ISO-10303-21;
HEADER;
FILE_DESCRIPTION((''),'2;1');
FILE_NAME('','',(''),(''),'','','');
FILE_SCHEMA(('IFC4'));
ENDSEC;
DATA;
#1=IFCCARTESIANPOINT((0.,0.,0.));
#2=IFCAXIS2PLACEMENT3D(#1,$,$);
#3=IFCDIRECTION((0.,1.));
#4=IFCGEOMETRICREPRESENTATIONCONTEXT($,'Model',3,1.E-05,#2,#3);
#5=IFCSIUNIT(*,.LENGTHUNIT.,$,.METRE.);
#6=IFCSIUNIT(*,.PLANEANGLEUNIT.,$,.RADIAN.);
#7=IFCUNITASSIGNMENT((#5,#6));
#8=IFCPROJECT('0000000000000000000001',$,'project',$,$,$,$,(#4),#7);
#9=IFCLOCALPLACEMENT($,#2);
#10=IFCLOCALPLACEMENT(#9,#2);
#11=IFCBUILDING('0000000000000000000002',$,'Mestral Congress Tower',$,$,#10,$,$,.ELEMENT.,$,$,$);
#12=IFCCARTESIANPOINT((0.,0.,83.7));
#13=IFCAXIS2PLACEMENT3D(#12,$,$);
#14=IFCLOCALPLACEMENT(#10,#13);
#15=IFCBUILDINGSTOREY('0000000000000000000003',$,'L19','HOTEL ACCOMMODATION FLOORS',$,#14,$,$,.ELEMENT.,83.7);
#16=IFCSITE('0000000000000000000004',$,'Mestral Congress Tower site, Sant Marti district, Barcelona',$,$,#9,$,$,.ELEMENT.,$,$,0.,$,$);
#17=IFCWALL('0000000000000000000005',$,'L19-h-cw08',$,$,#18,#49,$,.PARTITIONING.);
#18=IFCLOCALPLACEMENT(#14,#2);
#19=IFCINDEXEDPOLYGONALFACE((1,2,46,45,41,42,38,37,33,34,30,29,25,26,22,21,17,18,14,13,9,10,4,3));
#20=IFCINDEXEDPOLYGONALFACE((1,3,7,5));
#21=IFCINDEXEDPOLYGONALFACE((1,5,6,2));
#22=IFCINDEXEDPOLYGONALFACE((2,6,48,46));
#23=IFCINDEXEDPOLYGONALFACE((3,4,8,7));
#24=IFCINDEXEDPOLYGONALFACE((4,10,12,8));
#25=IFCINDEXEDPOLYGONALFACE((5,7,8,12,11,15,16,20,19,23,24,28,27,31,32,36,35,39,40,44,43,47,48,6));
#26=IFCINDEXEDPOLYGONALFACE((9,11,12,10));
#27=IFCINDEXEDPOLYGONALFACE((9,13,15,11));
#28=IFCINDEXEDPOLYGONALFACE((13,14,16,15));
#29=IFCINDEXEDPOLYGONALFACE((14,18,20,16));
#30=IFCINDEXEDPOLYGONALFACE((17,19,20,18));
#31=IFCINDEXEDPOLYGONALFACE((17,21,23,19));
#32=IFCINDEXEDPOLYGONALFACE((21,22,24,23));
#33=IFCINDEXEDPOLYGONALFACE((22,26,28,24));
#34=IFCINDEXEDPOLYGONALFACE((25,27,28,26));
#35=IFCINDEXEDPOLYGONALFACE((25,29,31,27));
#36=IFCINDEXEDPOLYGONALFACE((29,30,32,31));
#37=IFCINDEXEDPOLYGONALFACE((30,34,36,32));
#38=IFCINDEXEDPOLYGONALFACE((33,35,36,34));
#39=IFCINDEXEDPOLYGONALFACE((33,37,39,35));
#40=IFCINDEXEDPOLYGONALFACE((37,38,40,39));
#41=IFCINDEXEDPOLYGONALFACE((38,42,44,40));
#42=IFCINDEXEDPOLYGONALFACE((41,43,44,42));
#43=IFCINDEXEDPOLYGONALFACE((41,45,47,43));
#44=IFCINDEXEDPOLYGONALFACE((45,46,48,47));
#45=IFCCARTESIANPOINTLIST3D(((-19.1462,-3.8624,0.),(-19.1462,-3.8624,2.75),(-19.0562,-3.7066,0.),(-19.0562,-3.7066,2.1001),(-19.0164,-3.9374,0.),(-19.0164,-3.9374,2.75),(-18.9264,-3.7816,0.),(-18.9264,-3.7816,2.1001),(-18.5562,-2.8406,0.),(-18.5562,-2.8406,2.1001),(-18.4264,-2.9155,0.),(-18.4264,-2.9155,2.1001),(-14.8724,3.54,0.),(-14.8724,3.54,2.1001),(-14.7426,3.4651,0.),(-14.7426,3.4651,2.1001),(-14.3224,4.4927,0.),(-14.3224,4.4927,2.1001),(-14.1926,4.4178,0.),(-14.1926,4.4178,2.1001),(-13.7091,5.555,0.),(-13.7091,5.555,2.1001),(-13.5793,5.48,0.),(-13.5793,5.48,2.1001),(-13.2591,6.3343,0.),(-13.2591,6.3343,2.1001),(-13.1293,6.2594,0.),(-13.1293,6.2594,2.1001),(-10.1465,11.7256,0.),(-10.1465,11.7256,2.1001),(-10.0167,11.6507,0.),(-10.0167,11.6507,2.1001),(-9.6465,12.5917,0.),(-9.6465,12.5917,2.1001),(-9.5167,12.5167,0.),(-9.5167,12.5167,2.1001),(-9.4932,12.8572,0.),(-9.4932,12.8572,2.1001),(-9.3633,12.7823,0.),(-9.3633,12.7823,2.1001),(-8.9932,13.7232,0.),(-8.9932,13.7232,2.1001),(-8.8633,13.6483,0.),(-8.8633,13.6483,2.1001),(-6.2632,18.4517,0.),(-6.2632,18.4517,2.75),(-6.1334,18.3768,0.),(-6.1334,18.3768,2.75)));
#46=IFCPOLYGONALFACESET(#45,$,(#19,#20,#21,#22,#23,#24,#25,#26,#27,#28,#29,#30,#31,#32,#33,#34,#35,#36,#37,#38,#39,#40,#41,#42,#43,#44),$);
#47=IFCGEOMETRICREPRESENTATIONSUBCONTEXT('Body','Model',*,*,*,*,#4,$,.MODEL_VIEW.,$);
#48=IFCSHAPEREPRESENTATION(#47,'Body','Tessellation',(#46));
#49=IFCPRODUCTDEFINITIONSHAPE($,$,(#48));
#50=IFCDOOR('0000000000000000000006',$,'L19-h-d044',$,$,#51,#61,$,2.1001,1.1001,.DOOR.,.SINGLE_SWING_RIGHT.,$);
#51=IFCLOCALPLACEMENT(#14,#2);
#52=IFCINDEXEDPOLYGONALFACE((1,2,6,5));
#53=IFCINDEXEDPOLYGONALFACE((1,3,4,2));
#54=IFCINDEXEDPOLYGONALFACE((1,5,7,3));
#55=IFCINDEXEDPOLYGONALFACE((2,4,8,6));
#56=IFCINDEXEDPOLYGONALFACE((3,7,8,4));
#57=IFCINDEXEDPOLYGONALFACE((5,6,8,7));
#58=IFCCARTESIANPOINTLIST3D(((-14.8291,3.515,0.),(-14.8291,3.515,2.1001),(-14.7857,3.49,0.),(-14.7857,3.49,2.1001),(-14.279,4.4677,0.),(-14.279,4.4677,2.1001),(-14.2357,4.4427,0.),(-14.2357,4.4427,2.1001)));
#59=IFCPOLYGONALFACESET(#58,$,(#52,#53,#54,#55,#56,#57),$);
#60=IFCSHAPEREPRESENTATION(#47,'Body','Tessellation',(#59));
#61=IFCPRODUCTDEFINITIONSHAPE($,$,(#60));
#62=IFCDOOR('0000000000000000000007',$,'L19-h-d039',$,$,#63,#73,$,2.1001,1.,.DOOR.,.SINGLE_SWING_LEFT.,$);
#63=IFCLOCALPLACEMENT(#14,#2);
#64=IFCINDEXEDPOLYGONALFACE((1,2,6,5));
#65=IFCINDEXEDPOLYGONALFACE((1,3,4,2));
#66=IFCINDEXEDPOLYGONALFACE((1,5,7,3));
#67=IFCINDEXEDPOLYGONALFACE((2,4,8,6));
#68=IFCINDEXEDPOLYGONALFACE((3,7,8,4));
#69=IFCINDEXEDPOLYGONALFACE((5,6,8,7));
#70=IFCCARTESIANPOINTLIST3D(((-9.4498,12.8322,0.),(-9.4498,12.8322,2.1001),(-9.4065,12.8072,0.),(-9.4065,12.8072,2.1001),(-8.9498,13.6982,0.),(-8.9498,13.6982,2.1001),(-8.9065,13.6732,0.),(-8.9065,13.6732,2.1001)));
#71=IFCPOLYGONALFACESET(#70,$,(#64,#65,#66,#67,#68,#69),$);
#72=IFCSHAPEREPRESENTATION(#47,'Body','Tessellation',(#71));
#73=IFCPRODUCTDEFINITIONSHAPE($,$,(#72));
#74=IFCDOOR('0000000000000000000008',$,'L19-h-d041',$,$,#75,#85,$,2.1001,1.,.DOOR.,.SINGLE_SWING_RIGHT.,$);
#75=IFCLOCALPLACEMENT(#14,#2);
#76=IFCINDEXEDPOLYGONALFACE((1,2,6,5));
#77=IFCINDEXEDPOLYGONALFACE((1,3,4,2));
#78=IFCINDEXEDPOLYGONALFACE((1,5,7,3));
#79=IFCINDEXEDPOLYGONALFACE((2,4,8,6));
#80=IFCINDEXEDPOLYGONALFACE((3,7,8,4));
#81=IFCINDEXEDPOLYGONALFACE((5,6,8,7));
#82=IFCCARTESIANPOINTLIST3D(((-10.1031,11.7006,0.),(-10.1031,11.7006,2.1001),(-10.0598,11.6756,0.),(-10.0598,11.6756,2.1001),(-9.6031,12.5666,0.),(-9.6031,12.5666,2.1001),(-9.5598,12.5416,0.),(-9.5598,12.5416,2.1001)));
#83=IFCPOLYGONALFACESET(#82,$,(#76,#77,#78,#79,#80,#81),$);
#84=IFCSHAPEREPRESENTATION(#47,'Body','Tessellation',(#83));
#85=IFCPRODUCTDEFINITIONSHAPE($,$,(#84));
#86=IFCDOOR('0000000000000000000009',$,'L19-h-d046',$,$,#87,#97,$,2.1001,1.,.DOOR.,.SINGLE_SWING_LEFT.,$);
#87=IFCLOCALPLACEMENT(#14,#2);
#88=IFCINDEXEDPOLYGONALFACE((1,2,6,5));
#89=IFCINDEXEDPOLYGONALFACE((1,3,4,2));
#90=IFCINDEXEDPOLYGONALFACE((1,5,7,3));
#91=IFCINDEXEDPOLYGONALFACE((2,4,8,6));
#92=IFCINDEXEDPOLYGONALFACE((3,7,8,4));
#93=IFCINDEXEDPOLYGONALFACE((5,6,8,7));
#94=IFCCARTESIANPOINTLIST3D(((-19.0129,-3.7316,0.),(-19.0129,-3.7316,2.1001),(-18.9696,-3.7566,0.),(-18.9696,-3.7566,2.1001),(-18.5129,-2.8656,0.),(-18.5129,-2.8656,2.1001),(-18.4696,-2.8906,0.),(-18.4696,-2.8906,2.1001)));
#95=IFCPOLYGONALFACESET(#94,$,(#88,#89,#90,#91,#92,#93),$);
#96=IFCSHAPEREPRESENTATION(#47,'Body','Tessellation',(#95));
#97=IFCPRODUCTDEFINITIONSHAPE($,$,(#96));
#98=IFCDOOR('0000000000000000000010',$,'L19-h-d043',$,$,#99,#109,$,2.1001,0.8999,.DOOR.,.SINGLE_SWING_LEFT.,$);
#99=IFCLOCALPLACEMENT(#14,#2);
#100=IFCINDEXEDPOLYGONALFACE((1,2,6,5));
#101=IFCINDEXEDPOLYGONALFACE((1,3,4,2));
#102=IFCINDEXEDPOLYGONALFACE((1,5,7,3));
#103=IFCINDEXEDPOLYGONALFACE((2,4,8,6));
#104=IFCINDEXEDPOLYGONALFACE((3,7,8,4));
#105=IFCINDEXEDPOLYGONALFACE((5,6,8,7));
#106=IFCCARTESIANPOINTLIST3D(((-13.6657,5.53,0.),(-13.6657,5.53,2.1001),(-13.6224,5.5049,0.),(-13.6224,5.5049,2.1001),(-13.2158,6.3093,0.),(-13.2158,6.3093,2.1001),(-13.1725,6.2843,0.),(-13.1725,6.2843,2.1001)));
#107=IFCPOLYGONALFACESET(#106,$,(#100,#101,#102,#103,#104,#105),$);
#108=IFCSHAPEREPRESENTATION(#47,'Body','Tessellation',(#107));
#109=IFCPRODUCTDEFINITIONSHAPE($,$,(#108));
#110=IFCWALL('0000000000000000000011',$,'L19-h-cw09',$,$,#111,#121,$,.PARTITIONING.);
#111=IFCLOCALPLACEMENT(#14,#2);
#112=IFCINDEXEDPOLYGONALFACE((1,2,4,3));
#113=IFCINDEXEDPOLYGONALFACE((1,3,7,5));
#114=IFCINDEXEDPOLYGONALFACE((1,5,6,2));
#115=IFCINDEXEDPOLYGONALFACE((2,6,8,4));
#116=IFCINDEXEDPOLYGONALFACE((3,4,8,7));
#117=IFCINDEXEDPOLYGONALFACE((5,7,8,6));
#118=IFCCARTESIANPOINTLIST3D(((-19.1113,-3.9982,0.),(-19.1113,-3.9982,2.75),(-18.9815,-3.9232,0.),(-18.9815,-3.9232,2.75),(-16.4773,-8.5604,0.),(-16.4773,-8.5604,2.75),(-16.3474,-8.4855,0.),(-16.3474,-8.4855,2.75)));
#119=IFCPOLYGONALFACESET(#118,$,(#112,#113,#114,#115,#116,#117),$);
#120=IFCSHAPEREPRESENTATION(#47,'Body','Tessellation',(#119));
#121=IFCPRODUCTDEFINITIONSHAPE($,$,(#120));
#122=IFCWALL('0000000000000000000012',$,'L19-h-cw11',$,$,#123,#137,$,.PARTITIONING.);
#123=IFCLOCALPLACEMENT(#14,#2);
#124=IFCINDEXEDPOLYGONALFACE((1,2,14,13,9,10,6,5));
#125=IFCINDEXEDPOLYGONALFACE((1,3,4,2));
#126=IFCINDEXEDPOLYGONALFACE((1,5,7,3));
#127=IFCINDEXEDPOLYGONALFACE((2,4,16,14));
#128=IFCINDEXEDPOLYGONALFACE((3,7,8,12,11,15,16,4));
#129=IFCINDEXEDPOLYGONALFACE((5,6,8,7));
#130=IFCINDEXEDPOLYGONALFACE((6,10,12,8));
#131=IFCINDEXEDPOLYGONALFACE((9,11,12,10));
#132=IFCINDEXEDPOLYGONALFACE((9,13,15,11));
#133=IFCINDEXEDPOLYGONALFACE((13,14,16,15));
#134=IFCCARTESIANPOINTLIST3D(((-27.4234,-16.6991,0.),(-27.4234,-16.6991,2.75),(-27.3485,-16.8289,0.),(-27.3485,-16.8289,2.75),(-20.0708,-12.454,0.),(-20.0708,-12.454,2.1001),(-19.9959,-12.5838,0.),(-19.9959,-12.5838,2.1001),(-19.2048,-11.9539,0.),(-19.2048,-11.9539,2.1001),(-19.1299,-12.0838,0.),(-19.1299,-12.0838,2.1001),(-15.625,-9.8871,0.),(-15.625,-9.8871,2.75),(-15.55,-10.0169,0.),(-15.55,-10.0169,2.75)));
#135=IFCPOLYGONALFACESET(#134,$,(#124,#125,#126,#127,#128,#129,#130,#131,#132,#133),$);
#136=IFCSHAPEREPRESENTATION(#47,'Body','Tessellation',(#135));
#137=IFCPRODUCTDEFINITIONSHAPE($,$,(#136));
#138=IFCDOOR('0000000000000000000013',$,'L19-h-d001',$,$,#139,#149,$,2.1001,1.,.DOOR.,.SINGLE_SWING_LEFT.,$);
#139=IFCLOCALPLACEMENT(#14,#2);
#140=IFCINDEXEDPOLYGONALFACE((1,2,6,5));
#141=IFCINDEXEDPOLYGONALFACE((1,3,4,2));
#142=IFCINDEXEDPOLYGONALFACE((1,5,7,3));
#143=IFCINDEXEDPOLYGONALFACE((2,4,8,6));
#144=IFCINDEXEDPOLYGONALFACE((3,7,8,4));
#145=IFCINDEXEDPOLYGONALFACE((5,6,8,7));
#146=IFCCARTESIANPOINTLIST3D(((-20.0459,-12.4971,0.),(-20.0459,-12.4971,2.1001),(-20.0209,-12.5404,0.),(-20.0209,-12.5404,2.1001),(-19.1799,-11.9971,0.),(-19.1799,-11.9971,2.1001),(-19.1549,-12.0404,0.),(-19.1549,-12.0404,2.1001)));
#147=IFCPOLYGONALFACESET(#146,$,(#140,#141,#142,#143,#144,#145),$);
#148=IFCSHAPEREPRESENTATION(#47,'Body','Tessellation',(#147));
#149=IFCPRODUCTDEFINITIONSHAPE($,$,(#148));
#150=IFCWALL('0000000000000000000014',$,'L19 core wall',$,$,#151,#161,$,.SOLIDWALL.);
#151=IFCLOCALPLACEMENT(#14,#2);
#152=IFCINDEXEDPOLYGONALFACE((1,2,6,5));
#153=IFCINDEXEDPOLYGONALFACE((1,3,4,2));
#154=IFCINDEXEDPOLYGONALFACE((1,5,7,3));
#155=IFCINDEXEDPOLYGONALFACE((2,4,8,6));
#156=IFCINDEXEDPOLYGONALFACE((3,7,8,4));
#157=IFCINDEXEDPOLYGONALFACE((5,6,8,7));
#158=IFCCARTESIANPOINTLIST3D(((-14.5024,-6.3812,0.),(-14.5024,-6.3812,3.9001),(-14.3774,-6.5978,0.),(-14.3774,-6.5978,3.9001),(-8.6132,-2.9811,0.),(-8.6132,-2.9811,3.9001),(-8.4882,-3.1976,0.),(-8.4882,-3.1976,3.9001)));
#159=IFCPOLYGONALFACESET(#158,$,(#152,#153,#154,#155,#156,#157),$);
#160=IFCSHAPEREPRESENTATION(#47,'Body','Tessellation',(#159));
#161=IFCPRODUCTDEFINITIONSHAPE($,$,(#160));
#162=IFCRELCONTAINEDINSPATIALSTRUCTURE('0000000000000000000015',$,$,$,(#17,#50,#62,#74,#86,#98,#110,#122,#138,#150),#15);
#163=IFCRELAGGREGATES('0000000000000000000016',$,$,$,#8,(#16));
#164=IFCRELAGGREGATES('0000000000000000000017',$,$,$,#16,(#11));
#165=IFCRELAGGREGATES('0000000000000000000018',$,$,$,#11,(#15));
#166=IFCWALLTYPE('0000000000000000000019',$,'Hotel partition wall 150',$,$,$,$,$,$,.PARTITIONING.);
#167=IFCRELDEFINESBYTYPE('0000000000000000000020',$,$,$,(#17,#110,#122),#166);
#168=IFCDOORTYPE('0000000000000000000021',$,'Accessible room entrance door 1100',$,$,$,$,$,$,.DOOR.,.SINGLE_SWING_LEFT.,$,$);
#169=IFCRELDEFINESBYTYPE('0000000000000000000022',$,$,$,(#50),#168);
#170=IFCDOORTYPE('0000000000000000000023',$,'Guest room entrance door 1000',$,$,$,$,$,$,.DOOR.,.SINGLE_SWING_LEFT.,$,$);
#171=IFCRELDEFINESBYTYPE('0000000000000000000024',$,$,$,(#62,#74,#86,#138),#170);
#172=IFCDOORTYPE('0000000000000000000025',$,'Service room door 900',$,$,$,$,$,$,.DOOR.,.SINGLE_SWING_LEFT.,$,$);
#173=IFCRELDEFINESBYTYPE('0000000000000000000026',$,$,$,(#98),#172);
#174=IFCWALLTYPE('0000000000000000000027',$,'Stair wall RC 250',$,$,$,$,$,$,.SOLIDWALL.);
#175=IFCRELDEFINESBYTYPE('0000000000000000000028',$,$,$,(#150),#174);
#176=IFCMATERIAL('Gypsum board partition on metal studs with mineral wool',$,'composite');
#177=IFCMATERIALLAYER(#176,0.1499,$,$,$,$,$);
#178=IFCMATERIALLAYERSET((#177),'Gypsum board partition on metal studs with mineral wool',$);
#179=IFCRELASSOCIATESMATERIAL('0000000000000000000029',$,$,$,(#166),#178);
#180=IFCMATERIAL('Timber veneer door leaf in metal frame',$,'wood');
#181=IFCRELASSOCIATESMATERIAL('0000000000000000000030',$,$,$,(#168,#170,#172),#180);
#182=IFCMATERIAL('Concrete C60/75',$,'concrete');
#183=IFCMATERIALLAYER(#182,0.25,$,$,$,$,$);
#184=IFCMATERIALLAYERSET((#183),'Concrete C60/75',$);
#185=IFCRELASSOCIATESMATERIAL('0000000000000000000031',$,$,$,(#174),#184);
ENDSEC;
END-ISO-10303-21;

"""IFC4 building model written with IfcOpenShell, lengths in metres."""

from ifc_helpers import new_model, si_unit, direction, frame, frame_2d, origin, place, context, subcontext, project, spatial, rectangle, extrude, material, layer, layer_set, type_object, element, fill, save


model = new_model("IFC4")

# Units and contexts
model_context = context("Model", 3, precision=1e-05, world=origin(), true_north=direction((0.0, 1.0)))
body_context = subcontext(model_context, "Body", "Model", "MODEL_VIEW")
ifc_project = project(units=[si_unit("LENGTHUNIT", "METRE"), si_unit("PLANEANGLEUNIT", "RADIAN")], contexts=[model_context])

# Site, building, storey
site_placement = place(None, origin())
site = spatial("IfcSite", under=ifc_project, at=site_placement, Name="Mestral Congress Tower site, Sant Marti district, Barcelona", CompositionType="ELEMENT", RefElevation=0.0)
building_placement = place(site_placement, origin())
building = spatial("IfcBuilding", under=site, at=building_placement, Name="Mestral Congress Tower", CompositionType="ELEMENT")
storey_placement = place(building_placement, frame((0.0, 0.0, 83.7)))
storey = spatial("IfcBuildingStorey", under=building, at=storey_placement, Name="L19", Description="HOTEL ACCOMMODATION FLOORS", CompositionType="ELEMENT", Elevation=83.7)

# Shared definitions
ifc_material_1 = material(Name="Gypsum board partition on metal studs with mineral wool", Category="composite")

# Wall, openings, doors
ifc_layer_1 = layer(ifc_material_1, 0.1499)
ifc_layer_set_1 = layer_set([ifc_layer_1], Name="Gypsum board partition on metal studs with mineral wool")
wall_type_1 = type_object("IfcWallType", Name="Hotel partition wall 150", PredefinedType="PARTITIONING", material=ifc_layer_set_1)
wall_1_placement = place(storey_placement, frame((-19.0813, -3.8999, 0.0), z_axis=(0.0, 0.0, 1.0), x_axis=(0.499998, 0.866026, 0.0)))
wall_1 = element("IfcWall", 1, at=wall_1_placement, inside=storey, type_object=wall_type_1, Name="L19-h-cw08", PredefinedType="PARTITIONING", context=body_context, shape_type="SweptSolid", body=[
    extrude(rectangle(XDim=25.7661, YDim=0.1499, at=frame_2d((12.8831, 0.0))), origin(), (0.0, 0.0, 1.0), 2.75),
])
opening_1_placement = place(wall_1_placement, frame((19.3062, 0.0, 0.0)))
opening_1 = element("IfcOpeningElement", 2, at=opening_1_placement, cuts=wall_1, PredefinedType="OPENING", context=body_context, shape_type="SweptSolid", body=[
    extrude(rectangle(XDim=1.0, YDim=2.1001, at=frame_2d((0.5, 1.05))), frame((0.0, 0.085, 0.0), z_axis=(0.0, -1.0, 0.0), x_axis=(1.0, 0.0, 0.0)), (0.0, 0.0, 1.0), 0.1699),
])
opening_2_placement = place(wall_1_placement, frame((17.9995, 0.0, 0.0)))
opening_2 = element("IfcOpeningElement", 3, at=opening_2_placement, cuts=wall_1, PredefinedType="OPENING", context=body_context, shape_type="SweptSolid", body=[
    extrude(rectangle(XDim=1.0, YDim=2.1001, at=frame_2d((0.5, 1.05))), frame((0.0, 0.085, 0.0), z_axis=(0.0, -1.0, 0.0), x_axis=(1.0, 0.0, 0.0)), (0.0, 0.0, 1.0), 0.1699),
])
opening_3_placement = place(wall_1_placement, frame((10.8743, 0.0, 0.0)))
opening_3 = element("IfcOpeningElement", 4, at=opening_3_placement, cuts=wall_1, PredefinedType="OPENING", context=body_context, shape_type="SweptSolid", body=[
    extrude(rectangle(XDim=0.8999, YDim=2.1001, at=frame_2d((0.45, 1.05))), frame((0.0, 0.085, 0.0), z_axis=(0.0, -1.0, 0.0), x_axis=(1.0, 0.0, 0.0)), (0.0, 0.0, 1.0), 0.1699),
])
opening_4_placement = place(wall_1_placement, frame((8.5476, 0.0, 0.0)))
opening_4 = element("IfcOpeningElement", 5, at=opening_4_placement, cuts=wall_1, PredefinedType="OPENING", context=body_context, shape_type="SweptSolid", body=[
    extrude(rectangle(XDim=1.1001, YDim=2.1001, at=frame_2d((0.55, 1.05))), frame((0.0, 0.085, 0.0), z_axis=(0.0, -1.0, 0.0), x_axis=(1.0, 0.0, 0.0)), (0.0, 0.0, 1.0), 0.1699),
])
opening_5_placement = place(wall_1_placement, frame((0.1799, 0.0, 0.0)))
opening_5 = element("IfcOpeningElement", 6, at=opening_5_placement, cuts=wall_1, PredefinedType="OPENING", context=body_context, shape_type="SweptSolid", body=[
    extrude(rectangle(XDim=1.0, YDim=2.1001, at=frame_2d((0.5, 1.05))), frame((0.0, 0.085, 0.0), z_axis=(0.0, -1.0, 0.0), x_axis=(1.0, 0.0, 0.0)), (0.0, 0.0, 1.0), 0.1699),
])
ifc_material_2 = material(Name="Timber veneer door leaf in metal frame", Category="wood")
door_type_1 = type_object("IfcDoorType", Name="Accessible room entrance door 1100", OperationType="SINGLE_SWING_LEFT", PredefinedType="DOOR", material=ifc_material_2)
door_1_placement = place(opening_4_placement, origin())
door_1 = element("IfcDoor", 7, at=door_1_placement, inside=storey, type_object=door_type_1, Name="L19-h-d044", OperationType="SINGLE_SWING_RIGHT", OverallHeight=2.1001, OverallWidth=1.1001, PredefinedType="DOOR", context=body_context, shape_type="SweptSolid", body=[
    extrude(rectangle(XDim=1.1001, YDim=2.1001, at=frame_2d((0.55, 1.05))), frame((0.0, 0.0249, 0.0), z_axis=(0.0, -1.0, 0.0), x_axis=(1.0, 0.0, 0.0)), (0.0, 0.0, 1.0), 0.05),
])
fill(opening_4, door_1)
door_type_2 = type_object("IfcDoorType", Name="Guest room entrance door 1000", OperationType="SINGLE_SWING_LEFT", PredefinedType="DOOR", material=ifc_material_2)
door_2_placement = place(opening_1_placement, origin())
door_2 = element("IfcDoor", 8, at=door_2_placement, inside=storey, type_object=door_type_2, Name="L19-h-d039", OperationType="SINGLE_SWING_LEFT", OverallHeight=2.1001, OverallWidth=1.0, PredefinedType="DOOR", context=body_context, shape_type="SweptSolid", body=[
    extrude(rectangle(XDim=1.0, YDim=2.1001, at=frame_2d((0.5, 1.05))), frame((0.0, 0.0249, 0.0), z_axis=(0.0, -1.0, 0.0), x_axis=(1.0, 0.0, 0.0)), (0.0, 0.0, 1.0), 0.05),
])
fill(opening_1, door_2)
door_3_placement = place(opening_2_placement, origin())
door_3 = element("IfcDoor", 9, at=door_3_placement, inside=storey, type_object=door_type_2, Name="L19-h-d041", OperationType="SINGLE_SWING_RIGHT", OverallHeight=2.1001, OverallWidth=1.0, PredefinedType="DOOR", context=body_context, shape_type="SweptSolid", body=[
    extrude(rectangle(XDim=1.0, YDim=2.1001, at=frame_2d((0.5, 1.05))), frame((0.0, 0.0249, 0.0), z_axis=(0.0, -1.0, 0.0), x_axis=(1.0, 0.0, 0.0)), (0.0, 0.0, 1.0), 0.05),
])
fill(opening_2, door_3)
door_4_placement = place(opening_5_placement, origin())
door_4 = element("IfcDoor", 10, at=door_4_placement, inside=storey, type_object=door_type_2, Name="L19-h-d046", OperationType="SINGLE_SWING_LEFT", OverallHeight=2.1001, OverallWidth=1.0, PredefinedType="DOOR", context=body_context, shape_type="SweptSolid", body=[
    extrude(rectangle(XDim=1.0, YDim=2.1001, at=frame_2d((0.5, 1.05))), frame((0.0, 0.0249, 0.0), z_axis=(0.0, -1.0, 0.0), x_axis=(1.0, 0.0, 0.0)), (0.0, 0.0, 1.0), 0.05),
])
fill(opening_5, door_4)
door_type_3 = type_object("IfcDoorType", Name="Service room door 900", OperationType="SINGLE_SWING_LEFT", PredefinedType="DOOR", material=ifc_material_2)
door_5_placement = place(opening_3_placement, origin())
door_5 = element("IfcDoor", 11, at=door_5_placement, inside=storey, type_object=door_type_3, Name="L19-h-d043", OperationType="SINGLE_SWING_LEFT", OverallHeight=2.1001, OverallWidth=0.8999, PredefinedType="DOOR", context=body_context, shape_type="SweptSolid", body=[
    extrude(rectangle(XDim=0.8999, YDim=2.1001, at=frame_2d((0.45, 1.05))), frame((0.0, 0.0249, 0.0), z_axis=(0.0, -1.0, 0.0), x_axis=(1.0, 0.0, 0.0)), (0.0, 0.0, 1.0), 0.05),
])
fill(opening_3, door_5)

# Wall
wall_2_placement = place(storey_placement, frame((-16.4124, -8.5229, 0.0), z_axis=(0.0, 0.0, 1.0), x_axis=(-0.500002, 0.866024, 0.0)))
element("IfcWall", 12, at=wall_2_placement, inside=storey, type_object=wall_type_1, Name="L19-h-cw09", PredefinedType="PARTITIONING", context=body_context, shape_type="SweptSolid", body=[
    extrude(rectangle(XDim=5.2681, YDim=0.1499, at=frame_2d((2.634, 0.0))), origin(), (0.0, 0.0, 1.0), 2.75),
])

# Wall, opening, door
wall_3_placement = place(storey_placement, frame((-15.5874, -9.9519, 0.0), z_axis=(0.0, 0.0, 1.0), x_axis=(-0.866018, -0.500013, 0.0)))
wall_3 = element("IfcWall", 13, at=wall_3_placement, inside=storey, type_object=wall_type_1, Name="L19-h-cw11", PredefinedType="PARTITIONING", context=body_context, shape_type="SweptSolid", body=[
    extrude(rectangle(XDim=13.6238, YDim=0.1499, at=frame_2d((6.812, 0.0))), origin(), (0.0, 0.0, 1.0), 2.75),
])
opening_6_placement = place(wall_3_placement, frame((4.1338, 0.0, 0.0)))
opening_6 = element("IfcOpeningElement", 14, at=opening_6_placement, cuts=wall_3, PredefinedType="OPENING", context=body_context, shape_type="SweptSolid", body=[
    extrude(rectangle(XDim=1.0, YDim=2.1001, at=frame_2d((0.5, 1.05))), frame((0.0, 0.085, 0.0), z_axis=(0.0, -1.0, 0.0), x_axis=(1.0, 0.0, 0.0)), (0.0, 0.0, 1.0), 0.1699),
])
door_6_placement = place(opening_6_placement, origin())
door_6 = element("IfcDoor", 15, at=door_6_placement, inside=storey, type_object=door_type_2, Name="L19-h-d001", OperationType="SINGLE_SWING_LEFT", OverallHeight=2.1001, OverallWidth=1.0, PredefinedType="DOOR", context=body_context, shape_type="SweptSolid", body=[
    extrude(rectangle(XDim=1.0, YDim=2.1001, at=frame_2d((0.5, 1.05))), frame((0.0, 0.0249, 0.0), z_axis=(0.0, -1.0, 0.0), x_axis=(1.0, 0.0, 0.0)), (0.0, 0.0, 1.0), 0.05),
])
fill(opening_6, door_6)

# Wall
ifc_material_3 = material(Name="Concrete C60/75", Category="concrete")
ifc_layer_2 = layer(ifc_material_3, 0.25)
ifc_layer_set_2 = layer_set([ifc_layer_2], Name="Concrete C60/75")
wall_type_2 = type_object("IfcWallType", Name="Stair wall RC 250", PredefinedType="SOLIDWALL", material=ifc_layer_set_2)
wall_4_placement = place(storey_placement, frame((-14.4399, -6.4895, 0.0), z_axis=(0.0, 0.0, 1.0), x_axis=(0.866023, 0.500004, 0.0)))
element("IfcWall", 16, at=wall_4_placement, inside=storey, type_object=wall_type_2, Name="L19 core wall", PredefinedType="SOLIDWALL", context=body_context, shape_type="SweptSolid", body=[
    extrude(rectangle(XDim=6.8003, YDim=0.25, at=frame_2d((3.4001, 0.0))), origin(), (0.0, 0.0, 1.0), 3.9001),
])

save(model, "model.ifc")
